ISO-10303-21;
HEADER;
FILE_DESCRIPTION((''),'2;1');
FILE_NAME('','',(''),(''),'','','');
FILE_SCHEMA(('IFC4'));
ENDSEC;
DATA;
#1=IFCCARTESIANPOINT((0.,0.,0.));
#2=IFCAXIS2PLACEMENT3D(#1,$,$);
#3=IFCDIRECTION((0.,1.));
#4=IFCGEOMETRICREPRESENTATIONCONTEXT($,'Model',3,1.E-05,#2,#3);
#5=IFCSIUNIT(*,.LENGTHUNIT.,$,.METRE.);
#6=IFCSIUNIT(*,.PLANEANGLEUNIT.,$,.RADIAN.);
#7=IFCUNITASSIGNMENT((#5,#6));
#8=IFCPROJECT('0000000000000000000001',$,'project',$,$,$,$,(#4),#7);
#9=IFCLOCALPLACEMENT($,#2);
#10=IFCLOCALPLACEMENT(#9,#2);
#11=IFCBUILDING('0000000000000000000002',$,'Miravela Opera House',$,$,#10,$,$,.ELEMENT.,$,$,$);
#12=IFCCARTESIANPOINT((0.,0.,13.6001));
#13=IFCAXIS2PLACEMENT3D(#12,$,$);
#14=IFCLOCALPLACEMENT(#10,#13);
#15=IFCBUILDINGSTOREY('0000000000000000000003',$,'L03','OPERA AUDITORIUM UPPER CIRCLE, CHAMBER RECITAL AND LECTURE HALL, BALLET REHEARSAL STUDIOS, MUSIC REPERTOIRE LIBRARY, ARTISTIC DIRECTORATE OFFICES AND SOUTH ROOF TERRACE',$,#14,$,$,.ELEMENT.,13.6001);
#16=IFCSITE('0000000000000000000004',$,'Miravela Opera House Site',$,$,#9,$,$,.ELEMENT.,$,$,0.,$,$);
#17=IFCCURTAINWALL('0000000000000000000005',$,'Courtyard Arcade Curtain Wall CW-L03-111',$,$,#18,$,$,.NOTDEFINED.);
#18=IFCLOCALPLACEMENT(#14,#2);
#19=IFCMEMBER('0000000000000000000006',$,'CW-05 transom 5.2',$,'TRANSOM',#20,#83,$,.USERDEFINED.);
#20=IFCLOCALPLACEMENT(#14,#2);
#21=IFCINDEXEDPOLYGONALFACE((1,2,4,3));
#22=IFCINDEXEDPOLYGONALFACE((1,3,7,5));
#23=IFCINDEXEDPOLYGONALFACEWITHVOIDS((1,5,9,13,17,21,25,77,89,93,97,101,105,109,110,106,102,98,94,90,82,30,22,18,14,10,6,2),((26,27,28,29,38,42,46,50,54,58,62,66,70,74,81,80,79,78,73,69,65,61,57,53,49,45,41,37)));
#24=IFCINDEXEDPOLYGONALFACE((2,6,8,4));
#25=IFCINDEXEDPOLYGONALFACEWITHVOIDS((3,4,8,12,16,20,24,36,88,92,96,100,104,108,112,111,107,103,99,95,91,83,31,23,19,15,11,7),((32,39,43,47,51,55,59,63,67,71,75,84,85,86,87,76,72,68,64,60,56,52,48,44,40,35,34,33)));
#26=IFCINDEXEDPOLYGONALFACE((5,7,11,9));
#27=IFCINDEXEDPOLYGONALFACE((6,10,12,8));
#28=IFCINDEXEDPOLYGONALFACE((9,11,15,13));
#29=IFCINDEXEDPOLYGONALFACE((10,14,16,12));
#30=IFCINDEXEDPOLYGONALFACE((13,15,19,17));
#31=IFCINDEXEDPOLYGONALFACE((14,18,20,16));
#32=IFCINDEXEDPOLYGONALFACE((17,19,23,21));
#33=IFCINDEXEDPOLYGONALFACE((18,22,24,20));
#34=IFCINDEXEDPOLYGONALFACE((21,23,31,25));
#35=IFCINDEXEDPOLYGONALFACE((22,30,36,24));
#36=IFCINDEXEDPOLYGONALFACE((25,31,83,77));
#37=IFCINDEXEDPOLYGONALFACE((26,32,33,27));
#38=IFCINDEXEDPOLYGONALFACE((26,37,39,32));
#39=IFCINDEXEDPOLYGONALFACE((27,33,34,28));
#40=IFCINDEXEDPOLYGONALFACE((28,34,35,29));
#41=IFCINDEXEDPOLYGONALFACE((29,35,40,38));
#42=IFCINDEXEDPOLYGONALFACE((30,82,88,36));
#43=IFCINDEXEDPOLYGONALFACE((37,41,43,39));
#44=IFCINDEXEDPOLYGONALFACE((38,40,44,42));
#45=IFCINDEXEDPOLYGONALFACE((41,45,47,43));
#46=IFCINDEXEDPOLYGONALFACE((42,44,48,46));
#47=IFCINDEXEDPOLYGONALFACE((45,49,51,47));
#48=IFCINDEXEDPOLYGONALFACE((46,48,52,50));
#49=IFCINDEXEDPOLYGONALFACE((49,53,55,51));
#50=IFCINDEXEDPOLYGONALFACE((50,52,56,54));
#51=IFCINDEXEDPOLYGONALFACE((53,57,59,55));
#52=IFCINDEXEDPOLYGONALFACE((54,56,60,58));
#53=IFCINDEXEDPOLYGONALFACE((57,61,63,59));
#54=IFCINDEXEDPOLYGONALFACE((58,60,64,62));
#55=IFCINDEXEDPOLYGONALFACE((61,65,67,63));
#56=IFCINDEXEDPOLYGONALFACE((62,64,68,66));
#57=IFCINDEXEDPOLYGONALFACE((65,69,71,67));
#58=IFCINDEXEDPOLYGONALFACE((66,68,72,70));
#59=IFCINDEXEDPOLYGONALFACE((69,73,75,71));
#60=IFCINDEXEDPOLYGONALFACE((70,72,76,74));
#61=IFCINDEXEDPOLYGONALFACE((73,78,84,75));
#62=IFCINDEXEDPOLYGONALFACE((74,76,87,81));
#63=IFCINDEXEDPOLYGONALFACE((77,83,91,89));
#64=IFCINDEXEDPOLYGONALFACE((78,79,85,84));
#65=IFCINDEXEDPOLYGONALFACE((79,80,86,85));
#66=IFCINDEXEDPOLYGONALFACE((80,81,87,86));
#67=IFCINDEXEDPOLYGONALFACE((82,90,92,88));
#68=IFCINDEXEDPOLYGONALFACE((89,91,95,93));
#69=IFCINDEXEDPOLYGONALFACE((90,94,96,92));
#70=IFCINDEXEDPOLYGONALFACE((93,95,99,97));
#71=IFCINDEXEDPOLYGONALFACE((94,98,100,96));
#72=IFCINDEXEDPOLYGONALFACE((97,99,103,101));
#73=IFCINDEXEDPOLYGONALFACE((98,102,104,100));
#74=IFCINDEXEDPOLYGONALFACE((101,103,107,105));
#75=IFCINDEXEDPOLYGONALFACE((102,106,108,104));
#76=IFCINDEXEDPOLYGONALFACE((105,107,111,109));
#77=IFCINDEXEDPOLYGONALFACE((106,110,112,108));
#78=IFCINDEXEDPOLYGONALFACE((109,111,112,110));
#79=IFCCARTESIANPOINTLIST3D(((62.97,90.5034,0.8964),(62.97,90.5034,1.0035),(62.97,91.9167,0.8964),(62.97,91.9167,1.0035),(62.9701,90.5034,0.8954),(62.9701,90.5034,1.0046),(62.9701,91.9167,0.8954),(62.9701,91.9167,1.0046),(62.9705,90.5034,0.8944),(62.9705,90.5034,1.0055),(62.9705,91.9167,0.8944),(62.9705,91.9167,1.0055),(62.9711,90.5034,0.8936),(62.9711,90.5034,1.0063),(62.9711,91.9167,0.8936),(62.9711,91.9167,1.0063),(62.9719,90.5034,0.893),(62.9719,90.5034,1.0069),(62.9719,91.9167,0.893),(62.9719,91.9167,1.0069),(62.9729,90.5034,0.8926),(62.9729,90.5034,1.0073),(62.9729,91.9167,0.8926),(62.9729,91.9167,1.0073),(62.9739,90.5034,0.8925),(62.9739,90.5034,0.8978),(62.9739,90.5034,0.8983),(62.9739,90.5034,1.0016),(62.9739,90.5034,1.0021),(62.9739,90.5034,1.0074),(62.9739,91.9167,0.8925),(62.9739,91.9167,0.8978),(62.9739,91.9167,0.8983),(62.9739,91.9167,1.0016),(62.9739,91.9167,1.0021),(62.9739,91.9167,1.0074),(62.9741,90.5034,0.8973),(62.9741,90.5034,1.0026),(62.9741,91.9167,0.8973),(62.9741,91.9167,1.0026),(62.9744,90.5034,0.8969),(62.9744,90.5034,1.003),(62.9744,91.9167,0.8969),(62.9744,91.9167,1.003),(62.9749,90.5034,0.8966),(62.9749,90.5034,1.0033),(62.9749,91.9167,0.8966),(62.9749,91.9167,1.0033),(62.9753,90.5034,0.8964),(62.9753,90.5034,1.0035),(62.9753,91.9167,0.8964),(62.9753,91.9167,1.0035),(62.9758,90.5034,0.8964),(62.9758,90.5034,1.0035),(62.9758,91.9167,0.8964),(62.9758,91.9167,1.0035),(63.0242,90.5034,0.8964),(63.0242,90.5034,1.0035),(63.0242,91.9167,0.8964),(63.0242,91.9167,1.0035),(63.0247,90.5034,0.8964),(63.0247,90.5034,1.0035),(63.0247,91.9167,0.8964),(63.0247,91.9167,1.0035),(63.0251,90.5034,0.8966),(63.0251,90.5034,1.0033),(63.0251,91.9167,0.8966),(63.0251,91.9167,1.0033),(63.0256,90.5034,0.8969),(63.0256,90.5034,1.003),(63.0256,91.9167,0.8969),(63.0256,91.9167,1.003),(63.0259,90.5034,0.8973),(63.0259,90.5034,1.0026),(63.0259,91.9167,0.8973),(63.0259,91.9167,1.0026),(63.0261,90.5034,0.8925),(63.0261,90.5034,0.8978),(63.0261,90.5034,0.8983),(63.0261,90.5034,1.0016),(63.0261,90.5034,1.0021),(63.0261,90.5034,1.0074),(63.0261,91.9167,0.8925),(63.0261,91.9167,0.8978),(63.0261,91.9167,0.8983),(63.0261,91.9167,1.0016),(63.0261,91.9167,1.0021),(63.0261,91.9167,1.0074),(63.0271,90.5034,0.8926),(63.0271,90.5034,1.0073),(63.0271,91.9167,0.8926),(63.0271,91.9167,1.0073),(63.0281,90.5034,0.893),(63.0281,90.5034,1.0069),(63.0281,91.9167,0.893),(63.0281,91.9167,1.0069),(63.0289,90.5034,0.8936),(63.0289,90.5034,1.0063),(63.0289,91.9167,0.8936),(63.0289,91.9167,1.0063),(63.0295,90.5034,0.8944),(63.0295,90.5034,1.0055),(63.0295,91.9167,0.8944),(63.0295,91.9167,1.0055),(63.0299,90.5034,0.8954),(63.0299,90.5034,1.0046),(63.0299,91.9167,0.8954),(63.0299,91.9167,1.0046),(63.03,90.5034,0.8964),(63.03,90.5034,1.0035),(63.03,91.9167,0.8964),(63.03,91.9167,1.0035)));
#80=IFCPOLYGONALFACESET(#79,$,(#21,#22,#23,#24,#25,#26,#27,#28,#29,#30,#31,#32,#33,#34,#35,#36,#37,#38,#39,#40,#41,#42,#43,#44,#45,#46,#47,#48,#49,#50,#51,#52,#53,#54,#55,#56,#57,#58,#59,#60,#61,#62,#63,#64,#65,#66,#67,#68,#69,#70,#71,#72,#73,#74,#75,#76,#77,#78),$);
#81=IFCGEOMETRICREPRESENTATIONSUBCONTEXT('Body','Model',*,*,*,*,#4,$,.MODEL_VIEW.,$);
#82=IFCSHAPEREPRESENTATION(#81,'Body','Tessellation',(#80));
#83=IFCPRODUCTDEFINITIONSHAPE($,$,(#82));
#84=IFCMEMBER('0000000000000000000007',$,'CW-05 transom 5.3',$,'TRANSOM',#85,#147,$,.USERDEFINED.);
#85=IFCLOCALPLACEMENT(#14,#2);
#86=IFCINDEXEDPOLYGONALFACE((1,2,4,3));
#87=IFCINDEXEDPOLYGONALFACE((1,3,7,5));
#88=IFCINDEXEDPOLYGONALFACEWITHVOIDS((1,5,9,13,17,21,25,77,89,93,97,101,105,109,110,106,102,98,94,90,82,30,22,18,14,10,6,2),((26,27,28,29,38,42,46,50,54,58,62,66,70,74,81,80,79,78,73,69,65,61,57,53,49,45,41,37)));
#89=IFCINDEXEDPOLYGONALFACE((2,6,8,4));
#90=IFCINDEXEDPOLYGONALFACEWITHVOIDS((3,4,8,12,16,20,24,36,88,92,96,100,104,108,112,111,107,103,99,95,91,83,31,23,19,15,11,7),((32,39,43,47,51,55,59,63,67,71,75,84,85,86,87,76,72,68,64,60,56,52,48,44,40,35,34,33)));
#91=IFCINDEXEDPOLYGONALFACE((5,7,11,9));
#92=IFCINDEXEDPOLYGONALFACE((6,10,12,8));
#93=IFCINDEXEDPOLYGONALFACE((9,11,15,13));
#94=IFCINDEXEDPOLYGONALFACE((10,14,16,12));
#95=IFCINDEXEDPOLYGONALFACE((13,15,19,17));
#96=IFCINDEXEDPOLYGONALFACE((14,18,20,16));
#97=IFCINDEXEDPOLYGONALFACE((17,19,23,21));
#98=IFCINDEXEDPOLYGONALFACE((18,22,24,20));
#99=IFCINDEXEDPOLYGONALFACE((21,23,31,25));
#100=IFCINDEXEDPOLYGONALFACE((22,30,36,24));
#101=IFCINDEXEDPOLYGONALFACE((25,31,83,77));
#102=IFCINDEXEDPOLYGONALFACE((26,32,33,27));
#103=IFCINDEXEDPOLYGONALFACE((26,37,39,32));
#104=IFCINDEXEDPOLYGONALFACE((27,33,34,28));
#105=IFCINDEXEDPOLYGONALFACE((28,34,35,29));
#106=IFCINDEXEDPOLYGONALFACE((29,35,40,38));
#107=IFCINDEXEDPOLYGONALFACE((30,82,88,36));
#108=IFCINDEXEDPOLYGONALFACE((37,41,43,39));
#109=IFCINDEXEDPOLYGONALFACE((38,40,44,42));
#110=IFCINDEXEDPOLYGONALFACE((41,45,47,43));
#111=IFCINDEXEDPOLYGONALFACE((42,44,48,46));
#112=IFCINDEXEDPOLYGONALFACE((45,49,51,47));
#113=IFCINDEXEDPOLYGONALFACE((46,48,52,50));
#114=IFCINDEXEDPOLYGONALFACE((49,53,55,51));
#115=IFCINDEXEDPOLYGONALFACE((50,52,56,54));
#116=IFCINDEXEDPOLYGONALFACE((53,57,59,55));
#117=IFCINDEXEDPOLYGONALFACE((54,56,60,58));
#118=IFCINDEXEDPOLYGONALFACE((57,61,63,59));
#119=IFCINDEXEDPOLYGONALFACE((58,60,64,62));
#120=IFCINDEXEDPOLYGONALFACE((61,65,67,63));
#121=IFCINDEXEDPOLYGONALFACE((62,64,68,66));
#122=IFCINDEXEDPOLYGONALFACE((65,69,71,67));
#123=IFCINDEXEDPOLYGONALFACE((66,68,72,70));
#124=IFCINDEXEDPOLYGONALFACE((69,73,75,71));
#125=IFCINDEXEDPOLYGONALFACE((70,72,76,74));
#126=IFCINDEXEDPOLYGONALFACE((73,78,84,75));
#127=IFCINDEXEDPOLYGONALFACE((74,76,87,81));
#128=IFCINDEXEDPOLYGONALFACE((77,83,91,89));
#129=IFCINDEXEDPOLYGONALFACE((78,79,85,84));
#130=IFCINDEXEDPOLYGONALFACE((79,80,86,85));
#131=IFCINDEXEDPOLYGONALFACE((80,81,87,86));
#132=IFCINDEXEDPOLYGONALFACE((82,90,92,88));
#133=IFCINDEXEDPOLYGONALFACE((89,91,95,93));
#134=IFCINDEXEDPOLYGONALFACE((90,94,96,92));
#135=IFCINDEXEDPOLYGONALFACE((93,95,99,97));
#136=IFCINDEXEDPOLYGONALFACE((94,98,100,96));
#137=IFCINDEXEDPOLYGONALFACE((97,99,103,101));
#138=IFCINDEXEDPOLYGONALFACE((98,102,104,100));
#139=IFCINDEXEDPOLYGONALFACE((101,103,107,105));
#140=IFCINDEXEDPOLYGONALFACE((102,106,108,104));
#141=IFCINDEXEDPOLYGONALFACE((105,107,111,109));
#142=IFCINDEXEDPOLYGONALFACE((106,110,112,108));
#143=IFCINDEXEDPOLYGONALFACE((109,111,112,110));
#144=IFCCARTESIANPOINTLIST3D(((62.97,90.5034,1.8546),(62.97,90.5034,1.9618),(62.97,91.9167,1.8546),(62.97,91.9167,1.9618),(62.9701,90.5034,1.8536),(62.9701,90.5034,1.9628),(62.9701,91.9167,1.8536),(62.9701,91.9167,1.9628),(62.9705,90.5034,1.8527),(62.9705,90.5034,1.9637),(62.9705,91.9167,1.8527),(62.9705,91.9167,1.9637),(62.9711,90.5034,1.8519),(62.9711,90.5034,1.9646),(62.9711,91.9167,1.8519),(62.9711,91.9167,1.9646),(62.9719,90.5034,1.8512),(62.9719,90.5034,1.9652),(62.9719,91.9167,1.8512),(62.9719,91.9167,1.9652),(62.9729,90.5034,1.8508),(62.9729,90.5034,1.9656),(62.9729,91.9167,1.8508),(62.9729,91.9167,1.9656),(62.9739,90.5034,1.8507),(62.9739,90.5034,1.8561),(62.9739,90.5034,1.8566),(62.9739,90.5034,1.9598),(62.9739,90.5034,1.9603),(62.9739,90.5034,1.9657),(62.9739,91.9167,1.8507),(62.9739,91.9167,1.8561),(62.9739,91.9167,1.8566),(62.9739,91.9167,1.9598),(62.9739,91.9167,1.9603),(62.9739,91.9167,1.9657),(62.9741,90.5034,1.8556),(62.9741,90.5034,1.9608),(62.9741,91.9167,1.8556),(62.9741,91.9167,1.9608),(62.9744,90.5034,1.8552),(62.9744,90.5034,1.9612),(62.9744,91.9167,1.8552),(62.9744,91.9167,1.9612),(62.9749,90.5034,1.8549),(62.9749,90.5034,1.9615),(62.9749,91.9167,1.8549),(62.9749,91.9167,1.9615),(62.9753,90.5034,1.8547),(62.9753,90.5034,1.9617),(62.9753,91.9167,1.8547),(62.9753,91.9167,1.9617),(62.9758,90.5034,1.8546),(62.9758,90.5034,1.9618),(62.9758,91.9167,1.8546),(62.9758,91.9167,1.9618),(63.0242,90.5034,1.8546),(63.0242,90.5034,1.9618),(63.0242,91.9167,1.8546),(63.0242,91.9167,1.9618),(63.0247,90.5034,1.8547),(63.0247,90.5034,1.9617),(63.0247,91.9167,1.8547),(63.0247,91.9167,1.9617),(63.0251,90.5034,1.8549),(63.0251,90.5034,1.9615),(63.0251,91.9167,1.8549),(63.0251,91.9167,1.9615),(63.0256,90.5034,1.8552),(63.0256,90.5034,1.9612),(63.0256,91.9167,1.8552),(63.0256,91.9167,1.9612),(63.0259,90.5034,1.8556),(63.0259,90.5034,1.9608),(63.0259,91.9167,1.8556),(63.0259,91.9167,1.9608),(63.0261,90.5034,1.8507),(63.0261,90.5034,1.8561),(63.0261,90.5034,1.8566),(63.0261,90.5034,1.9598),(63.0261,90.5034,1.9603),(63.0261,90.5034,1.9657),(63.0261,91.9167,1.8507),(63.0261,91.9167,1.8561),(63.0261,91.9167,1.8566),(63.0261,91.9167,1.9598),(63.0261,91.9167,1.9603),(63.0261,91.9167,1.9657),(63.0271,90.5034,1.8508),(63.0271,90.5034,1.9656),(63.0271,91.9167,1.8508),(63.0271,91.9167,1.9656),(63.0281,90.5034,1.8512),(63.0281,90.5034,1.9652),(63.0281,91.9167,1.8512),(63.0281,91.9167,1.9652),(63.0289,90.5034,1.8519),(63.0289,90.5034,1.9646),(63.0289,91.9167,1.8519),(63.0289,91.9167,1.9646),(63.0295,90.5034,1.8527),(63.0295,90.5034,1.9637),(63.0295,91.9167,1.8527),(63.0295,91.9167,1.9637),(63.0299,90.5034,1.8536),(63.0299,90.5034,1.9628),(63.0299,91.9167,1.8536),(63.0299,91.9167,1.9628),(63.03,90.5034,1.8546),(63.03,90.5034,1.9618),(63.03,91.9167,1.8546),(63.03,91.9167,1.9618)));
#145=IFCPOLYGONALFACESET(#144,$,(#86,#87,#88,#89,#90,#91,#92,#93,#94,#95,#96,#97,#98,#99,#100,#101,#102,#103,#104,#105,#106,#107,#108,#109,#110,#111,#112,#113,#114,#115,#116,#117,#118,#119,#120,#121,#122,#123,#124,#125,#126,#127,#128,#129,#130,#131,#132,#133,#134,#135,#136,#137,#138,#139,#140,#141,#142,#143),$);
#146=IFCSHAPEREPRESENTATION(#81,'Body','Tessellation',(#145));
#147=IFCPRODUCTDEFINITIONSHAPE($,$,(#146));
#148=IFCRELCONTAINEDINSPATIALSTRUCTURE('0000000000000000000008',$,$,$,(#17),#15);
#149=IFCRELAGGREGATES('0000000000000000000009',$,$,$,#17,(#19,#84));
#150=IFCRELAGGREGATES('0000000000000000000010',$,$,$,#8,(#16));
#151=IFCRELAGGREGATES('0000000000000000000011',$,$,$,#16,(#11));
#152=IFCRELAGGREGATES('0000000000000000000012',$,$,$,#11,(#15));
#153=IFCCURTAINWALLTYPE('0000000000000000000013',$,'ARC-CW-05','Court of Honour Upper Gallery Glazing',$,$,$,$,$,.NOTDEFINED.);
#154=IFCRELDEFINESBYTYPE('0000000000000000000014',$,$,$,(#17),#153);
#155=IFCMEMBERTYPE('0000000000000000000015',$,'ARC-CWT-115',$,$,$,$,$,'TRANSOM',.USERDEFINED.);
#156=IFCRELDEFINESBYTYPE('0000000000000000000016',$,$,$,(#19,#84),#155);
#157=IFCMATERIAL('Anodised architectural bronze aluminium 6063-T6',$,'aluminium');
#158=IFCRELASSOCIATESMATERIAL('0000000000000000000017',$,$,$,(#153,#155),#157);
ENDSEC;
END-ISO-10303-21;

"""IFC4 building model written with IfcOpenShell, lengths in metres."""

from ifc_helpers import new_model, si_unit, direction, frame, origin, origin_2d, place, context, subcontext, project, spatial, hollow_rectangle, extrude, material, material_profile, profile_set, type_object, element, aggregate, save


model = new_model("IFC4")

# Units and contexts
model_context = context("Model", 3, precision=1e-05, world=origin(), true_north=direction((0.0, 1.0)))
body_context = subcontext(model_context, "Body", "Model", "MODEL_VIEW")
ifc_project = project(units=[si_unit("LENGTHUNIT", "METRE"), si_unit("PLANEANGLEUNIT", "RADIAN")], contexts=[model_context])

# Site, building, storey
site_placement = place(None, origin())
site = spatial("IfcSite", under=ifc_project, at=site_placement, Name="Miravela Opera House Site", CompositionType="ELEMENT", RefElevation=0.0)
building_placement = place(site_placement, origin())
building = spatial("IfcBuilding", under=site, at=building_placement, Name="Miravela Opera House", CompositionType="ELEMENT")
storey_placement = place(building_placement, frame((0.0, 0.0, 13.6001)))
storey = spatial("IfcBuildingStorey", under=building, at=storey_placement, Name="L03", Description="OPERA AUDITORIUM UPPER CIRCLE, CHAMBER RECITAL AND LECTURE HALL, BALLET REHEARSAL STUDIOS, MUSIC REPERTOIRE LIBRARY, ARTISTIC DIRECTORATE OFFICES AND SOUTH ROOF TERRACE", CompositionType="ELEMENT", Elevation=13.6001)

# Curtain wall, members
ifc_material_1 = material(Name="Anodised architectural bronze aluminium 6063-T6", Category="aluminium")
curtain_wall_type = type_object("IfcCurtainWallType", Name="ARC-CW-05", Description="Court of Honour Upper Gallery Glazing", PredefinedType="NOTDEFINED", material=ifc_material_1)
curtain_wall_placement = place(storey_placement, origin())
curtain_wall = element("IfcCurtainWall", 1, at=curtain_wall_placement, inside=storey, type_object=curtain_wall_type, Name="Courtyard Arcade Curtain Wall CW-L03-111", PredefinedType="NOTDEFINED")
ifc_material_profile_1 = material_profile(ifc_material_1, hollow_rectangle(XDim=0.0601, YDim=0.115, WallThickness=0.0039, InnerFilletRadius=0.002, OuterFilletRadius=0.0039, at=origin_2d()), Name="CWT-60X115")
ifc_profile_set_1 = profile_set([ifc_material_profile_1])
member_type_1 = type_object("IfcMemberType", Name="ARC-CWT-115", ElementType="TRANSOM", PredefinedType="USERDEFINED", material=ifc_profile_set_1)
member_1_placement = place(storey_placement, frame((63.0, 90.5034, 0.95), z_axis=(0.0, 1.0, 0.0), x_axis=(-1.0, 0.0, 0.0)))
member_1 = element("IfcMember", 2, at=member_1_placement, type_object=member_type_1, Name="CW-05 transom 5.2", ObjectType="TRANSOM", PredefinedType="USERDEFINED", context=body_context, shape_type="SweptSolid", body=[
    extrude(hollow_rectangle(XDim=0.0601, YDim=0.115, WallThickness=0.0039, InnerFilletRadius=0.002, OuterFilletRadius=0.0039, at=origin_2d()), origin(), (0.0, 0.0, 1.0), 1.4133),
])
member_2_placement = place(storey_placement, frame((63.0, 90.5034, 1.9082), z_axis=(0.0, 1.0, 0.0), x_axis=(-1.0, 0.0, 0.0)))
member_2 = element("IfcMember", 3, at=member_2_placement, type_object=member_type_1, Name="CW-05 transom 5.3", ObjectType="TRANSOM", PredefinedType="USERDEFINED", context=body_context, shape_type="SweptSolid", body=[
    extrude(hollow_rectangle(XDim=0.0601, YDim=0.115, WallThickness=0.0039, InnerFilletRadius=0.002, OuterFilletRadius=0.0039, at=origin_2d()), origin(), (0.0, 0.0, 1.0), 1.4133),
])
aggregate(curtain_wall, [member_1, member_2])

save(model, "model.ifc")
